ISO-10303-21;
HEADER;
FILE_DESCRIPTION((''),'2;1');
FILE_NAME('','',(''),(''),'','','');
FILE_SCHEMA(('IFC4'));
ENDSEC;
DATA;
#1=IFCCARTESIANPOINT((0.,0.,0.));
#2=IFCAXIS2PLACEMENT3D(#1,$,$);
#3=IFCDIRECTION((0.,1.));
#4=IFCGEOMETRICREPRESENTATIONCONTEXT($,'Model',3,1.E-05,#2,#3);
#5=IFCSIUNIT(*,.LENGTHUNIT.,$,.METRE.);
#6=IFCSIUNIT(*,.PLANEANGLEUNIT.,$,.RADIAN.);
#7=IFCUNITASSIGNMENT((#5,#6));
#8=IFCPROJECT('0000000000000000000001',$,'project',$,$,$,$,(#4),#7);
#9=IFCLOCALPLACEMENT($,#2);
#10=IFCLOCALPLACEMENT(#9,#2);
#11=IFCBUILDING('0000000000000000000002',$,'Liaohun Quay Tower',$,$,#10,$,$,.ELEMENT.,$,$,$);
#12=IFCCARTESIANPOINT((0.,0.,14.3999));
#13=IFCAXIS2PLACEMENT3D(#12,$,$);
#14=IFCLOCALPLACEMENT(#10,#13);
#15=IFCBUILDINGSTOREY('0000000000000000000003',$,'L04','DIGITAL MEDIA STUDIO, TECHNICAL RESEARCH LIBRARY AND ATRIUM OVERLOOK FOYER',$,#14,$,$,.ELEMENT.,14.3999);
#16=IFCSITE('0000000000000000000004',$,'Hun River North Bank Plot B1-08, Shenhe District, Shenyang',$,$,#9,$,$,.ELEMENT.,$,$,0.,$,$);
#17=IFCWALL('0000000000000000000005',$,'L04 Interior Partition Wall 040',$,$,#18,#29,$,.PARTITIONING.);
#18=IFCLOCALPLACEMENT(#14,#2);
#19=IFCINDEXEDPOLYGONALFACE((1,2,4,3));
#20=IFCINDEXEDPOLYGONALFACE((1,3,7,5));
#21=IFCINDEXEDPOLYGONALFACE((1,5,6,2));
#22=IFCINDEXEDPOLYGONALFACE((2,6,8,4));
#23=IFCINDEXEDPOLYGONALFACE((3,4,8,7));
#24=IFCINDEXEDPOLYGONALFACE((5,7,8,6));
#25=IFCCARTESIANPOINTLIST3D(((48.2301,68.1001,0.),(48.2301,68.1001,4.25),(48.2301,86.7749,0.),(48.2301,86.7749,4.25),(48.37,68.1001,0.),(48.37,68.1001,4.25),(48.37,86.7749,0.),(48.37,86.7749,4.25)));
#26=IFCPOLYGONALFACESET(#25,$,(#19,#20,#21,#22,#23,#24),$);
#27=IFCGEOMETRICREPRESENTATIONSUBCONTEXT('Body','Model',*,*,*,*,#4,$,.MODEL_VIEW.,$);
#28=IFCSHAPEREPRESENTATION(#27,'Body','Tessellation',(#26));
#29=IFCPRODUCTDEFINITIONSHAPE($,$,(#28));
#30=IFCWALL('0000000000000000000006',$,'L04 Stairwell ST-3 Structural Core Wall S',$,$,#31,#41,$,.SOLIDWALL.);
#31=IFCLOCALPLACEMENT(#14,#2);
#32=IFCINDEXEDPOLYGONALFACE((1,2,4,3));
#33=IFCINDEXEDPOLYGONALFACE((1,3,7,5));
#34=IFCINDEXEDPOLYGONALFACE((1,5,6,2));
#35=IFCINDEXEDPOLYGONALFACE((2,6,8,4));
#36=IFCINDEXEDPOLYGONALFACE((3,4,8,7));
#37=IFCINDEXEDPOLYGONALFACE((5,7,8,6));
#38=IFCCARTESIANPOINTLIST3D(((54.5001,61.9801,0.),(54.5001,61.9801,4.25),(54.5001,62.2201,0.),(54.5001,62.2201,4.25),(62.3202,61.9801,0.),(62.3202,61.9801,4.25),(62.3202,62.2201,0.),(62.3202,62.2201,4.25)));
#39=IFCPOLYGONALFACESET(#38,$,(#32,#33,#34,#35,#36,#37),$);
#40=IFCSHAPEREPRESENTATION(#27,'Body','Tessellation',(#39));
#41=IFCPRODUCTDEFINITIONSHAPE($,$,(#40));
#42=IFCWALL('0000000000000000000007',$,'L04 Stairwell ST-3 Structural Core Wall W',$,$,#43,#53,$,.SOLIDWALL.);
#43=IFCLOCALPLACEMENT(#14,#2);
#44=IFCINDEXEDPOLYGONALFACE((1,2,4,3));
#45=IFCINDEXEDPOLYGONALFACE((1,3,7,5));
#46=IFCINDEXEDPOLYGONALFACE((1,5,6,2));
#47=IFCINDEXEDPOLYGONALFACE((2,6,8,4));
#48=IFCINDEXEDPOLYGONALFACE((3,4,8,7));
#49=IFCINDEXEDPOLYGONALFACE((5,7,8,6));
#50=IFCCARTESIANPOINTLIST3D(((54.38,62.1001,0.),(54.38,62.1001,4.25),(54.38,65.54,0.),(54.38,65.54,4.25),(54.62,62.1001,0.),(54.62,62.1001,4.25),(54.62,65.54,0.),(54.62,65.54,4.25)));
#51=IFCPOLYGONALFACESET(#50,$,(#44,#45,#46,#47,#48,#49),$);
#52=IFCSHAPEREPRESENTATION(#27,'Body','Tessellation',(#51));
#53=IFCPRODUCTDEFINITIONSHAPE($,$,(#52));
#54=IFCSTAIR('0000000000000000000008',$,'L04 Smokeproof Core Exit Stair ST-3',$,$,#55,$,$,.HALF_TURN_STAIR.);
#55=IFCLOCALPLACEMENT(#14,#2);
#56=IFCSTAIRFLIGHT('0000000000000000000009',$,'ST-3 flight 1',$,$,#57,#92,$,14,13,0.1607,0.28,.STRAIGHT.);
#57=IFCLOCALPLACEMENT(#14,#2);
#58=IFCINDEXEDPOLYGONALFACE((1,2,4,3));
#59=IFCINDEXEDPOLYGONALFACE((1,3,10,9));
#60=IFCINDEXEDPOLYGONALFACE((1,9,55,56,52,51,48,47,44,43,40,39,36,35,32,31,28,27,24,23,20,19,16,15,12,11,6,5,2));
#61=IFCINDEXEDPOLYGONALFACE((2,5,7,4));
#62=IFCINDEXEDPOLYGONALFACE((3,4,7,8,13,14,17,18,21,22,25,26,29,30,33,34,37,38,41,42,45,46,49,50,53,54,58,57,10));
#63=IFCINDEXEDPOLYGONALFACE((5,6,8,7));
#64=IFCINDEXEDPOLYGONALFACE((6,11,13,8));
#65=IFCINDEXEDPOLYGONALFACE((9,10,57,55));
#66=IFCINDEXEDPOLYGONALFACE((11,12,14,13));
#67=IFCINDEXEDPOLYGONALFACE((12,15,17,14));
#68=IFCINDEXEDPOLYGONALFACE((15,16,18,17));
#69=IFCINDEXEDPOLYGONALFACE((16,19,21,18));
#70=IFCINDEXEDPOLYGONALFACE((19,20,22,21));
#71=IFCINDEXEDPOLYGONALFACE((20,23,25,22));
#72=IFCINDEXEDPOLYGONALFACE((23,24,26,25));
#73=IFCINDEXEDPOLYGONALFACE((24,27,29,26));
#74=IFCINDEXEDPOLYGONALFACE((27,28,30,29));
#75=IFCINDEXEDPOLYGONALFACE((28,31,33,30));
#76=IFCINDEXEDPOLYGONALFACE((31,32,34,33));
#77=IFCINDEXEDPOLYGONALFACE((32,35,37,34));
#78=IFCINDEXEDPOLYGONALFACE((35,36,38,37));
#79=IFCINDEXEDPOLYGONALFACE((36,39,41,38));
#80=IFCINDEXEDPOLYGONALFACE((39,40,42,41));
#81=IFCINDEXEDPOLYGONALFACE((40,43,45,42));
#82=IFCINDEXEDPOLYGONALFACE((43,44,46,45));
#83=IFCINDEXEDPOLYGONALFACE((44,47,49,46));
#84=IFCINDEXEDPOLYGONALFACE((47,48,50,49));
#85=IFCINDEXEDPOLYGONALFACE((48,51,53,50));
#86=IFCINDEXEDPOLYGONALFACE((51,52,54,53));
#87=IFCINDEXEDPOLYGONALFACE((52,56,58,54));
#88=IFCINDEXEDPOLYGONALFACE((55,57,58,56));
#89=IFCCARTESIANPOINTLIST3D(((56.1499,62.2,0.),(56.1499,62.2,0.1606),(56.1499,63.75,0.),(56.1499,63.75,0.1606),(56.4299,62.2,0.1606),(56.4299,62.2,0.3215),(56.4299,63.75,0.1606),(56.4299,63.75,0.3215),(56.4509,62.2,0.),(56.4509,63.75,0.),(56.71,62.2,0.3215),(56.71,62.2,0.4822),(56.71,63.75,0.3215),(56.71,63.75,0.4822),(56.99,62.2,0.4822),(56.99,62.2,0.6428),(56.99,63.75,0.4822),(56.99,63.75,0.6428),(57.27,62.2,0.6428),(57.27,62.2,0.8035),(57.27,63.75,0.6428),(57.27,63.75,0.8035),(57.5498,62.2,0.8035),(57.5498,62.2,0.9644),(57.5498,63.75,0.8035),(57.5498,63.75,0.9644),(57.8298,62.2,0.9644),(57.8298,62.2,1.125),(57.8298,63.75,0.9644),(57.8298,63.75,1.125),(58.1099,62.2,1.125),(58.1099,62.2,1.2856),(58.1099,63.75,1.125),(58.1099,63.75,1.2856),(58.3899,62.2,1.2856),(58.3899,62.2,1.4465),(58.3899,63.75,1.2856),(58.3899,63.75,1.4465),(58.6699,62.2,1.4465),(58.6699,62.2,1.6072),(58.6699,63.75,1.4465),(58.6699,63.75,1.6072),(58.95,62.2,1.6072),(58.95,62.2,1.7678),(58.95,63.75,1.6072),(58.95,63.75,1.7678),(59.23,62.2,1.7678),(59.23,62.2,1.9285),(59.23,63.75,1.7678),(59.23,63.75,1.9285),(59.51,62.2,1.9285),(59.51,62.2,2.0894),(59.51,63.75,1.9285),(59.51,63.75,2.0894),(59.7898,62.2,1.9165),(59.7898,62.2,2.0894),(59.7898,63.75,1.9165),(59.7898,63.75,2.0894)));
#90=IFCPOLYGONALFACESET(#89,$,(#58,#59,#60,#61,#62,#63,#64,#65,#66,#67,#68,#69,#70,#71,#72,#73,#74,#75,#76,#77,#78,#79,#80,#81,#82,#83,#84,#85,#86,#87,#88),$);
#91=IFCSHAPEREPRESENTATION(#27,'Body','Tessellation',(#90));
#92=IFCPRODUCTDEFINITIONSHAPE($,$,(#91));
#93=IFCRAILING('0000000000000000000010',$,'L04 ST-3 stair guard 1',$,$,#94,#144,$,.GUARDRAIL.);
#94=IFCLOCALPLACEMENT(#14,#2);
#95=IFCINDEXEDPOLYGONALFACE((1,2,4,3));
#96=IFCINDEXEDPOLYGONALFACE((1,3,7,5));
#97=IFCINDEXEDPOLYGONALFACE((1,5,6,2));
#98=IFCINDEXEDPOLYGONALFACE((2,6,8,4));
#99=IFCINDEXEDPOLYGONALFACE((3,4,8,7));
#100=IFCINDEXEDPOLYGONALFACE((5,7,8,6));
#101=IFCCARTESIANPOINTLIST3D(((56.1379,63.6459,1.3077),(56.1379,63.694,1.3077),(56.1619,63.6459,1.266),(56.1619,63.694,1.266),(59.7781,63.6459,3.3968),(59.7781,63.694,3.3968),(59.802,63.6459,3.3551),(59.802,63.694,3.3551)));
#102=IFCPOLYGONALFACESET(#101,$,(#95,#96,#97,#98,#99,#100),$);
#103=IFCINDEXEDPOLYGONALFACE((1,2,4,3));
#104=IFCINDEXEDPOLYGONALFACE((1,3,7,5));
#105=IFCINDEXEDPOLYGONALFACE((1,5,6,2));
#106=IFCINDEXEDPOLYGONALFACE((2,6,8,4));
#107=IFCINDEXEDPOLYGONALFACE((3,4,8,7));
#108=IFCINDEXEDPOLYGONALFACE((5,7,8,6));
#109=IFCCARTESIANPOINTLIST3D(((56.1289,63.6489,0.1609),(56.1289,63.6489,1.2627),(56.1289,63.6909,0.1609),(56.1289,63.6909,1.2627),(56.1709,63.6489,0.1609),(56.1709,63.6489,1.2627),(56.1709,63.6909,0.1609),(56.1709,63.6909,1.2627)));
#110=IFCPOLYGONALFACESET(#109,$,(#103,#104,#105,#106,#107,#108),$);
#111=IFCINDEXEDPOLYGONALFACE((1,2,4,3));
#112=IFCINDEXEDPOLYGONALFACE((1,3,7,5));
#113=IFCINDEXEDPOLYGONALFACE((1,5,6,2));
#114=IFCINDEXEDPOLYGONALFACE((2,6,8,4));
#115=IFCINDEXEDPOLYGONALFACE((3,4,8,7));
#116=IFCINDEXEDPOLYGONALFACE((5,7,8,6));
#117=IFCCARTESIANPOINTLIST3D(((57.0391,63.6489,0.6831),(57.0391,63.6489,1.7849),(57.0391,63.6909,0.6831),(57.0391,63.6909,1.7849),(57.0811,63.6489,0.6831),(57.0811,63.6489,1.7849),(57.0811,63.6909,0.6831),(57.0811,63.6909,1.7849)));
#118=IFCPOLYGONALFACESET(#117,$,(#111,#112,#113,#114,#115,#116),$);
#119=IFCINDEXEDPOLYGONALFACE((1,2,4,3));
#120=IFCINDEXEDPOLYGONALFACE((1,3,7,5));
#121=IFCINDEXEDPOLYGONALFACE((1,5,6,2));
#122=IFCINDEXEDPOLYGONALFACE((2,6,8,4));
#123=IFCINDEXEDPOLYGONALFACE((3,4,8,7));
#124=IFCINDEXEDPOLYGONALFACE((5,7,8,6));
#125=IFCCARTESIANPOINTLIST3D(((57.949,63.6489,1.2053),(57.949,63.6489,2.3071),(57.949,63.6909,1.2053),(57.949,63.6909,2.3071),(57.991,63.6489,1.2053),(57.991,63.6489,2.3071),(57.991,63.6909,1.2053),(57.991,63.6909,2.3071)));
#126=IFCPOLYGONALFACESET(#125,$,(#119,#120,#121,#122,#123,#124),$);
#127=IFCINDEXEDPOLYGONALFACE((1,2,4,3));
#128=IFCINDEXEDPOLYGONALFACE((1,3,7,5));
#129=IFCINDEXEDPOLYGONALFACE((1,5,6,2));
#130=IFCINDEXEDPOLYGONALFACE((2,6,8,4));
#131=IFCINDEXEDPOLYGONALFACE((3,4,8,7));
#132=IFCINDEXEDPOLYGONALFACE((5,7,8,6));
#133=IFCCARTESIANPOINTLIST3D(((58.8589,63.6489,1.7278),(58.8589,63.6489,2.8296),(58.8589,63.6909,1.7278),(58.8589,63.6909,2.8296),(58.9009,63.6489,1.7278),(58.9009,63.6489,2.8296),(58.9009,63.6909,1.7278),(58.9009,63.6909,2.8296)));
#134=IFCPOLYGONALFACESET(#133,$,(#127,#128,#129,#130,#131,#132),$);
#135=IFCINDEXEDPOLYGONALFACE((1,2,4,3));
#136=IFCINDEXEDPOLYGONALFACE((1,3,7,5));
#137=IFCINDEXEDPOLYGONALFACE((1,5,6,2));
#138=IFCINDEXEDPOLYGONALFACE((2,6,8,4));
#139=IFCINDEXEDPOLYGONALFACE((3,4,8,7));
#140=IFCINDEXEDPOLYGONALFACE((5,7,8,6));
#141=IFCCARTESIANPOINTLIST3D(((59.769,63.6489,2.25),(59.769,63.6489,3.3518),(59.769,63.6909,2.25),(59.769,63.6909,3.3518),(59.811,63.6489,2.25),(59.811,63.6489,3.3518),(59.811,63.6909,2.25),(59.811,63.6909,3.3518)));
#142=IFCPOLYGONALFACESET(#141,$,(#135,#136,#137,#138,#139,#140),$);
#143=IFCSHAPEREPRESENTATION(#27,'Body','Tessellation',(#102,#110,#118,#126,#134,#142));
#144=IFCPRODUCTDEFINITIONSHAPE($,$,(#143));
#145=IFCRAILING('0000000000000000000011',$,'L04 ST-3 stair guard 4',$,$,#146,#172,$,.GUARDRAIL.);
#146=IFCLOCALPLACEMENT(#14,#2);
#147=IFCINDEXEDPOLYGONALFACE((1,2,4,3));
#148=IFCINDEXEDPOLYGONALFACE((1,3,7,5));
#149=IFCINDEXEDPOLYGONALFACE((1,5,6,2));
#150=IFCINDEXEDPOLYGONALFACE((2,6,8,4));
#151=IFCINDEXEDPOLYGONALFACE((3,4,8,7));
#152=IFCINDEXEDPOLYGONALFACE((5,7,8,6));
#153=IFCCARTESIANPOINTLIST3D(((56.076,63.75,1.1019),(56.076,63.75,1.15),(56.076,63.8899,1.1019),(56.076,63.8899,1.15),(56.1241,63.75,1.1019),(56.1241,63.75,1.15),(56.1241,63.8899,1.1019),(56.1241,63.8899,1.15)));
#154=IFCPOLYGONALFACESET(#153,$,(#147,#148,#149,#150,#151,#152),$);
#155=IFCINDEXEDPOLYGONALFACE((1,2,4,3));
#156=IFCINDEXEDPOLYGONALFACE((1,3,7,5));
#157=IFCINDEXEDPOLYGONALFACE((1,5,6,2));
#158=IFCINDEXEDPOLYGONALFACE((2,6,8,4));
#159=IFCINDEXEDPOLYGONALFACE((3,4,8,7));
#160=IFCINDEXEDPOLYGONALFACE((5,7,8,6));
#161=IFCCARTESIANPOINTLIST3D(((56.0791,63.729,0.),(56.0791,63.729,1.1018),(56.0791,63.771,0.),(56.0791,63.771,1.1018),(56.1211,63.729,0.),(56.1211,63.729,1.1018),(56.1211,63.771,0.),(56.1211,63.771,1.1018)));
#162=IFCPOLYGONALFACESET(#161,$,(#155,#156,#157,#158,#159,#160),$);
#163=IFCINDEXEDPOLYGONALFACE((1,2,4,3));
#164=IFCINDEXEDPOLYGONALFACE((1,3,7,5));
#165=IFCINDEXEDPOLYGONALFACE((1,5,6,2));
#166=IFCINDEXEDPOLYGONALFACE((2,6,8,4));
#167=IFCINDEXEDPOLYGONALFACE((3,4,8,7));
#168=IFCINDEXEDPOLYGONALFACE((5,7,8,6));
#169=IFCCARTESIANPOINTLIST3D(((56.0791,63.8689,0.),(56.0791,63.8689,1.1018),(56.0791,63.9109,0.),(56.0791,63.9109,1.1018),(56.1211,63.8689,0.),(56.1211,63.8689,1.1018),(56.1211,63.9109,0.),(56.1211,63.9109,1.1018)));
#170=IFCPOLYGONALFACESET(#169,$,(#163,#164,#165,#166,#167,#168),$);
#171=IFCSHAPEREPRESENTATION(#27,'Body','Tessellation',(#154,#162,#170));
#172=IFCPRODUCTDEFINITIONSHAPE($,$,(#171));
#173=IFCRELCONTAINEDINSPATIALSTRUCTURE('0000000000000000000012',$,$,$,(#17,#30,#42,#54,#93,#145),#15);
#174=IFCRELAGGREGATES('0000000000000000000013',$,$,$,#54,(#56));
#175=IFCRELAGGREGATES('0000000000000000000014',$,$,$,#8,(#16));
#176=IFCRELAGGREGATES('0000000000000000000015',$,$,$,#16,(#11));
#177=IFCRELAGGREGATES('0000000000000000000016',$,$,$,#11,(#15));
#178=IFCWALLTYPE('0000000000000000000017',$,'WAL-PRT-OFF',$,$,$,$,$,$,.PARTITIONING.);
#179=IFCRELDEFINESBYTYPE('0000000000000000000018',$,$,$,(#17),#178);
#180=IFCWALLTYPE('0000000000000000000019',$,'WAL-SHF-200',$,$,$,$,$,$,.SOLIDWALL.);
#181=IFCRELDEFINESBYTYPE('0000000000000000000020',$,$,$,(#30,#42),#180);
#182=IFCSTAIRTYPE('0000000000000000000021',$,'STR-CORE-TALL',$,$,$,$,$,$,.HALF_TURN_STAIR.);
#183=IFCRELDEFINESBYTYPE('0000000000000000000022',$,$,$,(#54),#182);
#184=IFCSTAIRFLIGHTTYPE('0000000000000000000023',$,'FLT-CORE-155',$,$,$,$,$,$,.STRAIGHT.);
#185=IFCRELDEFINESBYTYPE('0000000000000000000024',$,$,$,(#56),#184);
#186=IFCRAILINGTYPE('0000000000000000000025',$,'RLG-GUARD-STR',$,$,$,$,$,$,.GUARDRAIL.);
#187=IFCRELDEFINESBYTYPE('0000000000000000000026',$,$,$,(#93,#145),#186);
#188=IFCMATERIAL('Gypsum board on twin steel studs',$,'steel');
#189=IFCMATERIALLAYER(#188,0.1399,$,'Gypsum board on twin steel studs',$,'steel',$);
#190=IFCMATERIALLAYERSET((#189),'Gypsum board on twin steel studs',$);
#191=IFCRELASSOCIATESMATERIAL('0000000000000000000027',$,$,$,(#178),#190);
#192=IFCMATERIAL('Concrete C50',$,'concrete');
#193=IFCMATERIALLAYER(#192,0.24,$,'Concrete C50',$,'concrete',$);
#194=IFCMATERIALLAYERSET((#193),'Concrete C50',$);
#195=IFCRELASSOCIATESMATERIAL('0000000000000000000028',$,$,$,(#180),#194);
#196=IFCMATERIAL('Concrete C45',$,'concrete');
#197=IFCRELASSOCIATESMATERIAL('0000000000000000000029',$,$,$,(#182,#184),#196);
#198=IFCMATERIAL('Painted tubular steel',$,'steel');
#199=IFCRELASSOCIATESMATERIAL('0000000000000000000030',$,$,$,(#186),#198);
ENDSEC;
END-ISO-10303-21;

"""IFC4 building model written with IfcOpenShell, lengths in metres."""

from ifc_helpers import new_model, si_unit, direction, frame, frame_2d, origin, origin_2d, place, context, subcontext, project, spatial, polyline, rectangle, outline, extrude, material, layer, layer_set, type_object, element, aggregate, save


model = new_model("IFC4")

# Units and contexts
model_context = context("Model", 3, precision=1e-05, world=origin(), true_north=direction((0.0, 1.0)))
body_context = subcontext(model_context, "Body", "Model", "MODEL_VIEW")
ifc_project = project(units=[si_unit("LENGTHUNIT", "METRE"), si_unit("PLANEANGLEUNIT", "RADIAN")], contexts=[model_context])

# Site, building, storey
site_placement = place(None, origin())
site = spatial("IfcSite", under=ifc_project, at=site_placement, Name="Hun River North Bank Plot B1-08, Shenhe District, Shenyang", CompositionType="ELEMENT", RefElevation=0.0)
building_placement = place(site_placement, origin())
building = spatial("IfcBuilding", under=site, at=building_placement, Name="Liaohun Quay Tower", CompositionType="ELEMENT")
storey_placement = place(building_placement, frame((0.0, 0.0, 14.3999)))
storey = spatial("IfcBuildingStorey", under=building, at=storey_placement, Name="L04", Description="DIGITAL MEDIA STUDIO, TECHNICAL RESEARCH LIBRARY AND ATRIUM OVERLOOK FOYER", CompositionType="ELEMENT", Elevation=14.3999)

# Walls
ifc_material_1 = material(Name="Gypsum board on twin steel studs", Category="steel")
ifc_layer_1 = layer(ifc_material_1, 0.1399, Name="Gypsum board on twin steel studs", Category="steel")
ifc_layer_set_1 = layer_set([ifc_layer_1], Name="Gypsum board on twin steel studs")
wall_type_1 = type_object("IfcWallType", Name="WAL-PRT-OFF", PredefinedType="PARTITIONING", material=ifc_layer_set_1)
wall_1_placement = place(storey_placement, frame((48.3, 68.1001, 0.0), z_axis=(0.0, 0.0, 1.0), x_axis=(0.0, 1.0, 0.0)))
element("IfcWall", 1, at=wall_1_placement, inside=storey, type_object=wall_type_1, Name="L04 Interior Partition Wall 040", PredefinedType="PARTITIONING", context=body_context, shape_type="SweptSolid", body=[
    extrude(rectangle(XDim=18.6748, YDim=0.1399, at=frame_2d((9.3374, 0.0))), origin(), (0.0, 0.0, 1.0), 4.25),
])
ifc_material_2 = material(Name="Concrete C50", Category="concrete")
ifc_layer_2 = layer(ifc_material_2, 0.24, Name="Concrete C50", Category="concrete")
ifc_layer_set_2 = layer_set([ifc_layer_2], Name="Concrete C50")
wall_type_2 = type_object("IfcWallType", Name="WAL-SHF-200", PredefinedType="SOLIDWALL", material=ifc_layer_set_2)
wall_2_placement = place(storey_placement, frame((54.5, 62.1001, 0.0), z_axis=(0.0, 0.0, 1.0), x_axis=(1.0, 0.0, 0.0)))
element("IfcWall", 2, at=wall_2_placement, inside=storey, type_object=wall_type_2, Name="L04 Stairwell ST-3 Structural Core Wall S", PredefinedType="SOLIDWALL", context=body_context, shape_type="SweptSolid", body=[
    extrude(rectangle(XDim=7.8201, YDim=0.24, at=frame_2d((3.9102, 0.0))), origin(), (0.0, 0.0, 1.0), 4.25),
])
wall_3_placement = place(storey_placement, frame((54.5, 65.54, 0.0), z_axis=(0.0, 0.0, 1.0), x_axis=(0.0, -1.0, 0.0)))
element("IfcWall", 3, at=wall_3_placement, inside=storey, type_object=wall_type_2, Name="L04 Stairwell ST-3 Structural Core Wall W", PredefinedType="SOLIDWALL", context=body_context, shape_type="SweptSolid", body=[
    extrude(rectangle(XDim=3.4399, YDim=0.24, at=frame_2d((1.72, 0.0))), origin(), (0.0, 0.0, 1.0), 4.25),
])

# Stair, stair flight
ifc_material_3 = material(Name="Concrete C45", Category="concrete")
stair_type = type_object("IfcStairType", Name="STR-CORE-TALL", PredefinedType="HALF_TURN_STAIR", material=ifc_material_3)
stair_placement = place(storey_placement, origin())
stair = element("IfcStair", 4, at=stair_placement, inside=storey, type_object=stair_type, Name="L04 Smokeproof Core Exit Stair ST-3", PredefinedType="HALF_TURN_STAIR")
stair_flight_type = type_object("IfcStairFlightType", Name="FLT-CORE-155", PredefinedType="STRAIGHT", material=ifc_material_3)
stair_flight_placement = place(storey_placement, frame((56.1499, 62.9751, 0.0), z_axis=(0.0, 0.0, 1.0), x_axis=(1.0, 0.0, 0.0)))
stair_flight = element("IfcStairFlight", 5, at=stair_flight_placement, type_object=stair_flight_type, Name="ST-3 flight 1", NumberOfRisers=14, NumberOfTreads=13, PredefinedType="STRAIGHT", RiserHeight=0.1607, TreadLength=0.28, context=body_context, shape_type="SweptSolid", body=[
    extrude(outline(polyline([(0.0, 0.0), (0.0, 0.1606), (0.28, 0.1606), (0.28, 0.3215), (0.5601, 0.3215), (0.5601, 0.4822), (0.8401, 0.4822), (0.8401, 0.6428), (1.1201, 0.6428), (1.1201, 0.8035), (1.3999, 0.8035), (1.3999, 0.9644), (1.6799, 0.9644), (1.6799, 1.125), (1.96, 1.125), (1.96, 1.2856), (2.24, 1.2856), (2.24, 1.4465), (2.52, 1.4465), (2.52, 1.6072), (2.8, 1.6072), (2.8, 1.7678), (3.0801, 1.7678), (3.0801, 1.9285), (3.3601, 1.9285), (3.3601, 2.0894), (3.6399, 2.0894), (3.6399, 2.25), (3.6399, 1.9165), (0.301, 0.0), (0.0, 0.0)])), frame((0.0, 0.7749, 0.0), z_axis=(0.0, -1.0, 0.0), x_axis=(1.0, 0.0, 0.0)), (0.0, 0.0, 1.0), 1.55),
])
aggregate(stair, [stair_flight])

# Railings
ifc_material_4 = material(Name="Painted tubular steel", Category="steel")
railing_type_1 = type_object("IfcRailingType", Name="RLG-GUARD-STR", PredefinedType="GUARDRAIL", material=ifc_material_4)
railing_1_placement = place(storey_placement, frame((56.1499, 63.6699, 0.1609)))
element("IfcRailing", 6, at=railing_1_placement, inside=storey, type_object=railing_type_1, Name="L04 ST-3 stair guard 1", PredefinedType="GUARDRAIL", context=body_context, shape_type="SweptSolid", body=[
    extrude(rectangle(XDim=0.0481, YDim=0.0481, at=origin_2d()), frame((0.0, 0.0, 1.126), z_axis=(0.867314, 0.0, 0.497761), x_axis=(0.0, 1.0, 0.0)), (0.0, 0.0, 1.0), 4.197),
    extrude(rectangle(XDim=0.042, YDim=0.042, at=origin_2d()), origin(), (0.0, 0.0, 1.0), 1.1018),
    extrude(rectangle(XDim=0.042, YDim=0.042, at=origin_2d()), frame((0.9102, 0.0, 0.5222)), (0.0, 0.0, 1.0), 1.1018),
    extrude(rectangle(XDim=0.042, YDim=0.042, at=origin_2d()), frame((1.8201, 0.0, 1.0444)), (0.0, 0.0, 1.0), 1.1018),
    extrude(rectangle(XDim=0.042, YDim=0.042, at=origin_2d()), frame((2.73, 0.0, 1.5669)), (0.0, 0.0, 1.0), 1.1018),
    extrude(rectangle(XDim=0.042, YDim=0.042, at=origin_2d()), frame((3.6401, 0.0, 2.0891)), (0.0, 0.0, 1.0), 1.1018),
])
railing_2_placement = place(storey_placement, frame((56.1001, 63.75, 0.0)))
element("IfcRailing", 7, at=railing_2_placement, inside=storey, type_object=railing_type_1, Name="L04 ST-3 stair guard 4", PredefinedType="GUARDRAIL", context=body_context, shape_type="SweptSolid", body=[
    extrude(rectangle(XDim=0.0481, YDim=0.0481, at=origin_2d()), frame((0.0, 0.0, 1.126), z_axis=(0.0, 1.0, 0.0), x_axis=(-1.0, 0.0, 0.0)), (0.0, 0.0, 1.0), 0.1399),
    extrude(rectangle(XDim=0.042, YDim=0.042, at=origin_2d()), origin(), (0.0, 0.0, 1.0), 1.1018),
    extrude(rectangle(XDim=0.042, YDim=0.042, at=origin_2d()), frame((0.0, 0.1399, 0.0)), (0.0, 0.0, 1.0), 1.1018),
])

save(model, "model.ifc")
